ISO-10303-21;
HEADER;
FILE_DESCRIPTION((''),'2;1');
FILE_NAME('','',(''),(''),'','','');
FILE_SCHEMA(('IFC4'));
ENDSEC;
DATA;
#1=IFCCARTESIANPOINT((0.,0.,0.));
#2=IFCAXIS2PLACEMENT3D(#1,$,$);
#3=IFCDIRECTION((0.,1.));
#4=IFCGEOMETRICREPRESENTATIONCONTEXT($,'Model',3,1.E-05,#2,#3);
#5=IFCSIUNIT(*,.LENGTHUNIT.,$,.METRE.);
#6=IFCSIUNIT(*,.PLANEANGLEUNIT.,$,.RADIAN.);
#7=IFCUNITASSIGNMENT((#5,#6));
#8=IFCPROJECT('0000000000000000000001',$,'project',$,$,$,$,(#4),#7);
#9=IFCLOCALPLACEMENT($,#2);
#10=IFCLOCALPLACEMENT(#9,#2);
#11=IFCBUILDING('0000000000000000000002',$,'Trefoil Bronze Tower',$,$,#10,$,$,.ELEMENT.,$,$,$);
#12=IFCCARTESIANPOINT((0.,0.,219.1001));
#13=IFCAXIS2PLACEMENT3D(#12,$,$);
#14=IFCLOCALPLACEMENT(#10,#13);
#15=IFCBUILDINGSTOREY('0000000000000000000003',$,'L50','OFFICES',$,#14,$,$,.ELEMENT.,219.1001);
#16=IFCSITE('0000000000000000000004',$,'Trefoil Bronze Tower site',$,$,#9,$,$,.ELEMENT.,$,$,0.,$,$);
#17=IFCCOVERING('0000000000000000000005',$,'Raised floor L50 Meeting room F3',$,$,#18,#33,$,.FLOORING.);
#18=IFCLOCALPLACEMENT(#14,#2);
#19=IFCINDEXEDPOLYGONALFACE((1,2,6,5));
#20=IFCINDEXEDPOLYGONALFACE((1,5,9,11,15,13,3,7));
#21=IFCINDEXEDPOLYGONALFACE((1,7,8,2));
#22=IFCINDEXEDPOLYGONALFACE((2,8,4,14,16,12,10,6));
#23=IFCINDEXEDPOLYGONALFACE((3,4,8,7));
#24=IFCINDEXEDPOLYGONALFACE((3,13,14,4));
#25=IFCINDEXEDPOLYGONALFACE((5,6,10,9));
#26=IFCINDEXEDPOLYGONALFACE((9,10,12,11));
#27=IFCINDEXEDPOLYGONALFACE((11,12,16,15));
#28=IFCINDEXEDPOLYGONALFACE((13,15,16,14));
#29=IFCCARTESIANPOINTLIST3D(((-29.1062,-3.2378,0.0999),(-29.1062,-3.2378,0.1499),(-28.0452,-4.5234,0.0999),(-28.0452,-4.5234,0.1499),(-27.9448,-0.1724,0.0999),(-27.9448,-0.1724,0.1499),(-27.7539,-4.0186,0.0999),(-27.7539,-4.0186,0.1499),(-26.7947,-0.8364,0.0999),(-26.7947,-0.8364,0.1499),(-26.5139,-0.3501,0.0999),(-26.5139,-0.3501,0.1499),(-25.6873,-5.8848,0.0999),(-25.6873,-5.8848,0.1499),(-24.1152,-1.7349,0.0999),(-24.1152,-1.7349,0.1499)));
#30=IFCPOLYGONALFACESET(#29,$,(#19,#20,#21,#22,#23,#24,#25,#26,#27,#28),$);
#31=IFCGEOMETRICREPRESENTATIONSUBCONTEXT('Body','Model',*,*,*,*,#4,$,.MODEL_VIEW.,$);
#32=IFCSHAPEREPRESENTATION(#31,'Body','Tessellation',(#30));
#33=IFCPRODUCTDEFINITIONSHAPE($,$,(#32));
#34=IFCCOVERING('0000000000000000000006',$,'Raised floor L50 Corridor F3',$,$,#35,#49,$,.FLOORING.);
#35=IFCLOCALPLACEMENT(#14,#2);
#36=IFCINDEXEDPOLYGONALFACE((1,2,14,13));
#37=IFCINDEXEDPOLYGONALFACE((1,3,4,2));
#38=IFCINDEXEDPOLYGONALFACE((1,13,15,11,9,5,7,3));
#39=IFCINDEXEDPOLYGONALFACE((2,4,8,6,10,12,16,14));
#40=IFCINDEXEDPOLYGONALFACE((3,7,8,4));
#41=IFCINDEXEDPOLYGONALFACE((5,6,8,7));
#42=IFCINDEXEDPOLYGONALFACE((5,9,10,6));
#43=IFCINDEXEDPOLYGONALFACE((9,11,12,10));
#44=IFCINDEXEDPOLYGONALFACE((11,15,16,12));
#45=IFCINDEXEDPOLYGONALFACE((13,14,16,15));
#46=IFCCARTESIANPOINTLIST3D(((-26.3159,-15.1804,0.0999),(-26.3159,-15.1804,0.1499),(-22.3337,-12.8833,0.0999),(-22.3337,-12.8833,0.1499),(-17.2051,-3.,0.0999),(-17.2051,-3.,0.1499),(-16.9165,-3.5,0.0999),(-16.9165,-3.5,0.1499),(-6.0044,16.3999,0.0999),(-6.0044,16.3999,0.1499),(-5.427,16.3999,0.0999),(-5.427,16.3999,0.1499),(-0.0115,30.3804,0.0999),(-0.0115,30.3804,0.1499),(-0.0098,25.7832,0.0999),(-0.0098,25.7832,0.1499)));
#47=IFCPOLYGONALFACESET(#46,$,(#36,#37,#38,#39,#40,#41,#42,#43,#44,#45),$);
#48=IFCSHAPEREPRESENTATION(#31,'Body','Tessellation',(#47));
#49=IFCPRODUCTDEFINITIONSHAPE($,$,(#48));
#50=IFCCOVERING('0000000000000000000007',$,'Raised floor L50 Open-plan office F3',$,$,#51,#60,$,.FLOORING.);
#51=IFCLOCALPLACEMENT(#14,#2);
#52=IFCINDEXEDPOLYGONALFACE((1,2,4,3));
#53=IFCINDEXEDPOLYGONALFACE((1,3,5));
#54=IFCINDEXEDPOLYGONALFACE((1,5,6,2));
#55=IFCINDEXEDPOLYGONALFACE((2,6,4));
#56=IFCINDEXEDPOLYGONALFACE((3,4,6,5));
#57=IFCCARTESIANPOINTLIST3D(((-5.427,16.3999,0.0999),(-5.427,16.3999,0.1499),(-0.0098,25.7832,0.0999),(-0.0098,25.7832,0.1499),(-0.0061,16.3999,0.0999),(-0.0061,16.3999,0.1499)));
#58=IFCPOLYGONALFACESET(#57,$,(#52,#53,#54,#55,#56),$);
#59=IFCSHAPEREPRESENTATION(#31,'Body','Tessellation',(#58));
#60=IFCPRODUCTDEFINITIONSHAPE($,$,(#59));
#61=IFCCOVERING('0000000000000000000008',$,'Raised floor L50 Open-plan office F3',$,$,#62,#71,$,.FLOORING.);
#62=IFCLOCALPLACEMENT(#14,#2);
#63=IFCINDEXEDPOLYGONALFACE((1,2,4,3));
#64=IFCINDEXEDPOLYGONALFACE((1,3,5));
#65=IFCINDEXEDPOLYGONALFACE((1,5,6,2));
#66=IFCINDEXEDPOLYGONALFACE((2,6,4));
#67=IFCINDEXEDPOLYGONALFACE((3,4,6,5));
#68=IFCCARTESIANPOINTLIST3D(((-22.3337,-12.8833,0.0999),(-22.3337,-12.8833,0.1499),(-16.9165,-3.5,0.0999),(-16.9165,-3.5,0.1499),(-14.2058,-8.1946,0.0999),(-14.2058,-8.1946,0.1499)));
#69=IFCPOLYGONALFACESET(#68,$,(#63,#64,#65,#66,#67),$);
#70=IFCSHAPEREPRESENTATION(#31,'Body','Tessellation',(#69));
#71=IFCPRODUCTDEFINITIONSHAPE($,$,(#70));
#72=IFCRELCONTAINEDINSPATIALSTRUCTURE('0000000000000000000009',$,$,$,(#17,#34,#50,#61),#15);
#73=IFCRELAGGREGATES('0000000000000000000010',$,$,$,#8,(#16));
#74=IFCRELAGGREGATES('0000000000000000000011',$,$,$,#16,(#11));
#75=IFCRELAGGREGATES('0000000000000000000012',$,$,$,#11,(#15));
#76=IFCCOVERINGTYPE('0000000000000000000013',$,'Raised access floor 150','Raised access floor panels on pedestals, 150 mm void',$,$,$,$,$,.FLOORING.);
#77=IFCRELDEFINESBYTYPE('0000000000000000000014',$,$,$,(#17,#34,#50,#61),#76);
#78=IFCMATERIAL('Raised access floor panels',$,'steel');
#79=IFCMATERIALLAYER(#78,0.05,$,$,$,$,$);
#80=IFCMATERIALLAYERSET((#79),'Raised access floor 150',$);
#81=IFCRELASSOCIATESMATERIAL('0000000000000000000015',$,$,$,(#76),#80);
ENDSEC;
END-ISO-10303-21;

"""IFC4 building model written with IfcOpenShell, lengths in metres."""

from ifc_helpers import new_model, si_unit, direction, frame, origin, place, context, subcontext, project, spatial, polyline, outline, extrude, material, layer, layer_set, type_object, element, save


model = new_model("IFC4")

# Units and contexts
model_context = context("Model", 3, precision=1e-05, world=origin(), true_north=direction((0.0, 1.0)))
body_context = subcontext(model_context, "Body", "Model", "MODEL_VIEW")
ifc_project = project(units=[si_unit("LENGTHUNIT", "METRE"), si_unit("PLANEANGLEUNIT", "RADIAN")], contexts=[model_context])

# Site, building, storey
site_placement = place(None, origin())
site = spatial("IfcSite", under=ifc_project, at=site_placement, Name="Trefoil Bronze Tower site", CompositionType="ELEMENT", RefElevation=0.0)
building_placement = place(site_placement, origin())
building = spatial("IfcBuilding", under=site, at=building_placement, Name="Trefoil Bronze Tower", CompositionType="ELEMENT")
storey_placement = place(building_placement, frame((0.0, 0.0, 219.1001)))
storey = spatial("IfcBuildingStorey", under=building, at=storey_placement, Name="L50", Description="OFFICES", CompositionType="ELEMENT", Elevation=219.1001)

# Coverings
ifc_material_1 = material(Name="Raised access floor panels", Category="steel")
ifc_layer_1 = layer(ifc_material_1, 0.05)
ifc_layer_set_1 = layer_set([ifc_layer_1], Name="Raised access floor 150")
covering_type_1 = type_object("IfcCoveringType", Name="Raised access floor 150", Description="Raised access floor panels on pedestals, 150 mm void", PredefinedType="FLOORING", material=ifc_layer_set_1)
covering_1_placement = place(storey_placement, frame((0.0, 0.0, 0.0999)))
element("IfcCovering", 1, at=covering_1_placement, inside=storey, type_object=covering_type_1, Name="Raised floor L50 Meeting room F3", PredefinedType="FLOORING", context=body_context, shape_type="SweptSolid", body=[
    extrude(outline(polyline([(-24.1152, -1.7349), (-25.6873, -5.8848), (-28.0452, -4.5234), (-27.7539, -4.0186), (-29.1062, -3.2378), (-27.9448, -0.1724), (-26.7947, -0.8364), (-26.5139, -0.3501), (-24.1152, -1.7349)])), origin(), (0.0, 0.0, 1.0), 0.05),
])
covering_2_placement = place(storey_placement, frame((0.0, 0.0, 0.0999)))
element("IfcCovering", 2, at=covering_2_placement, inside=storey, type_object=covering_type_1, Name="Raised floor L50 Corridor F3", PredefinedType="FLOORING", context=body_context, shape_type="SweptSolid", body=[
    extrude(outline(polyline([(-26.3159, -15.1804), (-0.0115, 30.3804), (-0.0098, 25.7832), (-5.427, 16.3999), (-6.0044, 16.3999), (-17.2051, -3.0), (-16.9165, -3.5), (-22.3337, -12.8833), (-26.3159, -15.1804)])), origin(), (0.0, 0.0, 1.0), 0.05),
])
covering_3_placement = place(storey_placement, frame((0.0, 0.0, 0.0999)))
element("IfcCovering", 3, at=covering_3_placement, inside=storey, type_object=covering_type_1, Name="Raised floor L50 Open-plan office F3", PredefinedType="FLOORING", context=body_context, shape_type="SweptSolid", body=[
    extrude(outline(polyline([(-0.0098, 25.7832), (-0.0061, 16.3999), (-5.427, 16.3999), (-0.0098, 25.7832)])), origin(), (0.0, 0.0, 1.0), 0.05),
])
covering_4_placement = place(storey_placement, frame((0.0, 0.0, 0.0999)))
element("IfcCovering", 4, at=covering_4_placement, inside=storey, type_object=covering_type_1, Name="Raised floor L50 Open-plan office F3", PredefinedType="FLOORING", context=body_context, shape_type="SweptSolid", body=[
    extrude(outline(polyline([(-16.9165, -3.5), (-14.2058, -8.1946), (-22.3337, -12.8833), (-16.9165, -3.5)])), origin(), (0.0, 0.0, 1.0), 0.05),
])

save(model, "model.ifc")
